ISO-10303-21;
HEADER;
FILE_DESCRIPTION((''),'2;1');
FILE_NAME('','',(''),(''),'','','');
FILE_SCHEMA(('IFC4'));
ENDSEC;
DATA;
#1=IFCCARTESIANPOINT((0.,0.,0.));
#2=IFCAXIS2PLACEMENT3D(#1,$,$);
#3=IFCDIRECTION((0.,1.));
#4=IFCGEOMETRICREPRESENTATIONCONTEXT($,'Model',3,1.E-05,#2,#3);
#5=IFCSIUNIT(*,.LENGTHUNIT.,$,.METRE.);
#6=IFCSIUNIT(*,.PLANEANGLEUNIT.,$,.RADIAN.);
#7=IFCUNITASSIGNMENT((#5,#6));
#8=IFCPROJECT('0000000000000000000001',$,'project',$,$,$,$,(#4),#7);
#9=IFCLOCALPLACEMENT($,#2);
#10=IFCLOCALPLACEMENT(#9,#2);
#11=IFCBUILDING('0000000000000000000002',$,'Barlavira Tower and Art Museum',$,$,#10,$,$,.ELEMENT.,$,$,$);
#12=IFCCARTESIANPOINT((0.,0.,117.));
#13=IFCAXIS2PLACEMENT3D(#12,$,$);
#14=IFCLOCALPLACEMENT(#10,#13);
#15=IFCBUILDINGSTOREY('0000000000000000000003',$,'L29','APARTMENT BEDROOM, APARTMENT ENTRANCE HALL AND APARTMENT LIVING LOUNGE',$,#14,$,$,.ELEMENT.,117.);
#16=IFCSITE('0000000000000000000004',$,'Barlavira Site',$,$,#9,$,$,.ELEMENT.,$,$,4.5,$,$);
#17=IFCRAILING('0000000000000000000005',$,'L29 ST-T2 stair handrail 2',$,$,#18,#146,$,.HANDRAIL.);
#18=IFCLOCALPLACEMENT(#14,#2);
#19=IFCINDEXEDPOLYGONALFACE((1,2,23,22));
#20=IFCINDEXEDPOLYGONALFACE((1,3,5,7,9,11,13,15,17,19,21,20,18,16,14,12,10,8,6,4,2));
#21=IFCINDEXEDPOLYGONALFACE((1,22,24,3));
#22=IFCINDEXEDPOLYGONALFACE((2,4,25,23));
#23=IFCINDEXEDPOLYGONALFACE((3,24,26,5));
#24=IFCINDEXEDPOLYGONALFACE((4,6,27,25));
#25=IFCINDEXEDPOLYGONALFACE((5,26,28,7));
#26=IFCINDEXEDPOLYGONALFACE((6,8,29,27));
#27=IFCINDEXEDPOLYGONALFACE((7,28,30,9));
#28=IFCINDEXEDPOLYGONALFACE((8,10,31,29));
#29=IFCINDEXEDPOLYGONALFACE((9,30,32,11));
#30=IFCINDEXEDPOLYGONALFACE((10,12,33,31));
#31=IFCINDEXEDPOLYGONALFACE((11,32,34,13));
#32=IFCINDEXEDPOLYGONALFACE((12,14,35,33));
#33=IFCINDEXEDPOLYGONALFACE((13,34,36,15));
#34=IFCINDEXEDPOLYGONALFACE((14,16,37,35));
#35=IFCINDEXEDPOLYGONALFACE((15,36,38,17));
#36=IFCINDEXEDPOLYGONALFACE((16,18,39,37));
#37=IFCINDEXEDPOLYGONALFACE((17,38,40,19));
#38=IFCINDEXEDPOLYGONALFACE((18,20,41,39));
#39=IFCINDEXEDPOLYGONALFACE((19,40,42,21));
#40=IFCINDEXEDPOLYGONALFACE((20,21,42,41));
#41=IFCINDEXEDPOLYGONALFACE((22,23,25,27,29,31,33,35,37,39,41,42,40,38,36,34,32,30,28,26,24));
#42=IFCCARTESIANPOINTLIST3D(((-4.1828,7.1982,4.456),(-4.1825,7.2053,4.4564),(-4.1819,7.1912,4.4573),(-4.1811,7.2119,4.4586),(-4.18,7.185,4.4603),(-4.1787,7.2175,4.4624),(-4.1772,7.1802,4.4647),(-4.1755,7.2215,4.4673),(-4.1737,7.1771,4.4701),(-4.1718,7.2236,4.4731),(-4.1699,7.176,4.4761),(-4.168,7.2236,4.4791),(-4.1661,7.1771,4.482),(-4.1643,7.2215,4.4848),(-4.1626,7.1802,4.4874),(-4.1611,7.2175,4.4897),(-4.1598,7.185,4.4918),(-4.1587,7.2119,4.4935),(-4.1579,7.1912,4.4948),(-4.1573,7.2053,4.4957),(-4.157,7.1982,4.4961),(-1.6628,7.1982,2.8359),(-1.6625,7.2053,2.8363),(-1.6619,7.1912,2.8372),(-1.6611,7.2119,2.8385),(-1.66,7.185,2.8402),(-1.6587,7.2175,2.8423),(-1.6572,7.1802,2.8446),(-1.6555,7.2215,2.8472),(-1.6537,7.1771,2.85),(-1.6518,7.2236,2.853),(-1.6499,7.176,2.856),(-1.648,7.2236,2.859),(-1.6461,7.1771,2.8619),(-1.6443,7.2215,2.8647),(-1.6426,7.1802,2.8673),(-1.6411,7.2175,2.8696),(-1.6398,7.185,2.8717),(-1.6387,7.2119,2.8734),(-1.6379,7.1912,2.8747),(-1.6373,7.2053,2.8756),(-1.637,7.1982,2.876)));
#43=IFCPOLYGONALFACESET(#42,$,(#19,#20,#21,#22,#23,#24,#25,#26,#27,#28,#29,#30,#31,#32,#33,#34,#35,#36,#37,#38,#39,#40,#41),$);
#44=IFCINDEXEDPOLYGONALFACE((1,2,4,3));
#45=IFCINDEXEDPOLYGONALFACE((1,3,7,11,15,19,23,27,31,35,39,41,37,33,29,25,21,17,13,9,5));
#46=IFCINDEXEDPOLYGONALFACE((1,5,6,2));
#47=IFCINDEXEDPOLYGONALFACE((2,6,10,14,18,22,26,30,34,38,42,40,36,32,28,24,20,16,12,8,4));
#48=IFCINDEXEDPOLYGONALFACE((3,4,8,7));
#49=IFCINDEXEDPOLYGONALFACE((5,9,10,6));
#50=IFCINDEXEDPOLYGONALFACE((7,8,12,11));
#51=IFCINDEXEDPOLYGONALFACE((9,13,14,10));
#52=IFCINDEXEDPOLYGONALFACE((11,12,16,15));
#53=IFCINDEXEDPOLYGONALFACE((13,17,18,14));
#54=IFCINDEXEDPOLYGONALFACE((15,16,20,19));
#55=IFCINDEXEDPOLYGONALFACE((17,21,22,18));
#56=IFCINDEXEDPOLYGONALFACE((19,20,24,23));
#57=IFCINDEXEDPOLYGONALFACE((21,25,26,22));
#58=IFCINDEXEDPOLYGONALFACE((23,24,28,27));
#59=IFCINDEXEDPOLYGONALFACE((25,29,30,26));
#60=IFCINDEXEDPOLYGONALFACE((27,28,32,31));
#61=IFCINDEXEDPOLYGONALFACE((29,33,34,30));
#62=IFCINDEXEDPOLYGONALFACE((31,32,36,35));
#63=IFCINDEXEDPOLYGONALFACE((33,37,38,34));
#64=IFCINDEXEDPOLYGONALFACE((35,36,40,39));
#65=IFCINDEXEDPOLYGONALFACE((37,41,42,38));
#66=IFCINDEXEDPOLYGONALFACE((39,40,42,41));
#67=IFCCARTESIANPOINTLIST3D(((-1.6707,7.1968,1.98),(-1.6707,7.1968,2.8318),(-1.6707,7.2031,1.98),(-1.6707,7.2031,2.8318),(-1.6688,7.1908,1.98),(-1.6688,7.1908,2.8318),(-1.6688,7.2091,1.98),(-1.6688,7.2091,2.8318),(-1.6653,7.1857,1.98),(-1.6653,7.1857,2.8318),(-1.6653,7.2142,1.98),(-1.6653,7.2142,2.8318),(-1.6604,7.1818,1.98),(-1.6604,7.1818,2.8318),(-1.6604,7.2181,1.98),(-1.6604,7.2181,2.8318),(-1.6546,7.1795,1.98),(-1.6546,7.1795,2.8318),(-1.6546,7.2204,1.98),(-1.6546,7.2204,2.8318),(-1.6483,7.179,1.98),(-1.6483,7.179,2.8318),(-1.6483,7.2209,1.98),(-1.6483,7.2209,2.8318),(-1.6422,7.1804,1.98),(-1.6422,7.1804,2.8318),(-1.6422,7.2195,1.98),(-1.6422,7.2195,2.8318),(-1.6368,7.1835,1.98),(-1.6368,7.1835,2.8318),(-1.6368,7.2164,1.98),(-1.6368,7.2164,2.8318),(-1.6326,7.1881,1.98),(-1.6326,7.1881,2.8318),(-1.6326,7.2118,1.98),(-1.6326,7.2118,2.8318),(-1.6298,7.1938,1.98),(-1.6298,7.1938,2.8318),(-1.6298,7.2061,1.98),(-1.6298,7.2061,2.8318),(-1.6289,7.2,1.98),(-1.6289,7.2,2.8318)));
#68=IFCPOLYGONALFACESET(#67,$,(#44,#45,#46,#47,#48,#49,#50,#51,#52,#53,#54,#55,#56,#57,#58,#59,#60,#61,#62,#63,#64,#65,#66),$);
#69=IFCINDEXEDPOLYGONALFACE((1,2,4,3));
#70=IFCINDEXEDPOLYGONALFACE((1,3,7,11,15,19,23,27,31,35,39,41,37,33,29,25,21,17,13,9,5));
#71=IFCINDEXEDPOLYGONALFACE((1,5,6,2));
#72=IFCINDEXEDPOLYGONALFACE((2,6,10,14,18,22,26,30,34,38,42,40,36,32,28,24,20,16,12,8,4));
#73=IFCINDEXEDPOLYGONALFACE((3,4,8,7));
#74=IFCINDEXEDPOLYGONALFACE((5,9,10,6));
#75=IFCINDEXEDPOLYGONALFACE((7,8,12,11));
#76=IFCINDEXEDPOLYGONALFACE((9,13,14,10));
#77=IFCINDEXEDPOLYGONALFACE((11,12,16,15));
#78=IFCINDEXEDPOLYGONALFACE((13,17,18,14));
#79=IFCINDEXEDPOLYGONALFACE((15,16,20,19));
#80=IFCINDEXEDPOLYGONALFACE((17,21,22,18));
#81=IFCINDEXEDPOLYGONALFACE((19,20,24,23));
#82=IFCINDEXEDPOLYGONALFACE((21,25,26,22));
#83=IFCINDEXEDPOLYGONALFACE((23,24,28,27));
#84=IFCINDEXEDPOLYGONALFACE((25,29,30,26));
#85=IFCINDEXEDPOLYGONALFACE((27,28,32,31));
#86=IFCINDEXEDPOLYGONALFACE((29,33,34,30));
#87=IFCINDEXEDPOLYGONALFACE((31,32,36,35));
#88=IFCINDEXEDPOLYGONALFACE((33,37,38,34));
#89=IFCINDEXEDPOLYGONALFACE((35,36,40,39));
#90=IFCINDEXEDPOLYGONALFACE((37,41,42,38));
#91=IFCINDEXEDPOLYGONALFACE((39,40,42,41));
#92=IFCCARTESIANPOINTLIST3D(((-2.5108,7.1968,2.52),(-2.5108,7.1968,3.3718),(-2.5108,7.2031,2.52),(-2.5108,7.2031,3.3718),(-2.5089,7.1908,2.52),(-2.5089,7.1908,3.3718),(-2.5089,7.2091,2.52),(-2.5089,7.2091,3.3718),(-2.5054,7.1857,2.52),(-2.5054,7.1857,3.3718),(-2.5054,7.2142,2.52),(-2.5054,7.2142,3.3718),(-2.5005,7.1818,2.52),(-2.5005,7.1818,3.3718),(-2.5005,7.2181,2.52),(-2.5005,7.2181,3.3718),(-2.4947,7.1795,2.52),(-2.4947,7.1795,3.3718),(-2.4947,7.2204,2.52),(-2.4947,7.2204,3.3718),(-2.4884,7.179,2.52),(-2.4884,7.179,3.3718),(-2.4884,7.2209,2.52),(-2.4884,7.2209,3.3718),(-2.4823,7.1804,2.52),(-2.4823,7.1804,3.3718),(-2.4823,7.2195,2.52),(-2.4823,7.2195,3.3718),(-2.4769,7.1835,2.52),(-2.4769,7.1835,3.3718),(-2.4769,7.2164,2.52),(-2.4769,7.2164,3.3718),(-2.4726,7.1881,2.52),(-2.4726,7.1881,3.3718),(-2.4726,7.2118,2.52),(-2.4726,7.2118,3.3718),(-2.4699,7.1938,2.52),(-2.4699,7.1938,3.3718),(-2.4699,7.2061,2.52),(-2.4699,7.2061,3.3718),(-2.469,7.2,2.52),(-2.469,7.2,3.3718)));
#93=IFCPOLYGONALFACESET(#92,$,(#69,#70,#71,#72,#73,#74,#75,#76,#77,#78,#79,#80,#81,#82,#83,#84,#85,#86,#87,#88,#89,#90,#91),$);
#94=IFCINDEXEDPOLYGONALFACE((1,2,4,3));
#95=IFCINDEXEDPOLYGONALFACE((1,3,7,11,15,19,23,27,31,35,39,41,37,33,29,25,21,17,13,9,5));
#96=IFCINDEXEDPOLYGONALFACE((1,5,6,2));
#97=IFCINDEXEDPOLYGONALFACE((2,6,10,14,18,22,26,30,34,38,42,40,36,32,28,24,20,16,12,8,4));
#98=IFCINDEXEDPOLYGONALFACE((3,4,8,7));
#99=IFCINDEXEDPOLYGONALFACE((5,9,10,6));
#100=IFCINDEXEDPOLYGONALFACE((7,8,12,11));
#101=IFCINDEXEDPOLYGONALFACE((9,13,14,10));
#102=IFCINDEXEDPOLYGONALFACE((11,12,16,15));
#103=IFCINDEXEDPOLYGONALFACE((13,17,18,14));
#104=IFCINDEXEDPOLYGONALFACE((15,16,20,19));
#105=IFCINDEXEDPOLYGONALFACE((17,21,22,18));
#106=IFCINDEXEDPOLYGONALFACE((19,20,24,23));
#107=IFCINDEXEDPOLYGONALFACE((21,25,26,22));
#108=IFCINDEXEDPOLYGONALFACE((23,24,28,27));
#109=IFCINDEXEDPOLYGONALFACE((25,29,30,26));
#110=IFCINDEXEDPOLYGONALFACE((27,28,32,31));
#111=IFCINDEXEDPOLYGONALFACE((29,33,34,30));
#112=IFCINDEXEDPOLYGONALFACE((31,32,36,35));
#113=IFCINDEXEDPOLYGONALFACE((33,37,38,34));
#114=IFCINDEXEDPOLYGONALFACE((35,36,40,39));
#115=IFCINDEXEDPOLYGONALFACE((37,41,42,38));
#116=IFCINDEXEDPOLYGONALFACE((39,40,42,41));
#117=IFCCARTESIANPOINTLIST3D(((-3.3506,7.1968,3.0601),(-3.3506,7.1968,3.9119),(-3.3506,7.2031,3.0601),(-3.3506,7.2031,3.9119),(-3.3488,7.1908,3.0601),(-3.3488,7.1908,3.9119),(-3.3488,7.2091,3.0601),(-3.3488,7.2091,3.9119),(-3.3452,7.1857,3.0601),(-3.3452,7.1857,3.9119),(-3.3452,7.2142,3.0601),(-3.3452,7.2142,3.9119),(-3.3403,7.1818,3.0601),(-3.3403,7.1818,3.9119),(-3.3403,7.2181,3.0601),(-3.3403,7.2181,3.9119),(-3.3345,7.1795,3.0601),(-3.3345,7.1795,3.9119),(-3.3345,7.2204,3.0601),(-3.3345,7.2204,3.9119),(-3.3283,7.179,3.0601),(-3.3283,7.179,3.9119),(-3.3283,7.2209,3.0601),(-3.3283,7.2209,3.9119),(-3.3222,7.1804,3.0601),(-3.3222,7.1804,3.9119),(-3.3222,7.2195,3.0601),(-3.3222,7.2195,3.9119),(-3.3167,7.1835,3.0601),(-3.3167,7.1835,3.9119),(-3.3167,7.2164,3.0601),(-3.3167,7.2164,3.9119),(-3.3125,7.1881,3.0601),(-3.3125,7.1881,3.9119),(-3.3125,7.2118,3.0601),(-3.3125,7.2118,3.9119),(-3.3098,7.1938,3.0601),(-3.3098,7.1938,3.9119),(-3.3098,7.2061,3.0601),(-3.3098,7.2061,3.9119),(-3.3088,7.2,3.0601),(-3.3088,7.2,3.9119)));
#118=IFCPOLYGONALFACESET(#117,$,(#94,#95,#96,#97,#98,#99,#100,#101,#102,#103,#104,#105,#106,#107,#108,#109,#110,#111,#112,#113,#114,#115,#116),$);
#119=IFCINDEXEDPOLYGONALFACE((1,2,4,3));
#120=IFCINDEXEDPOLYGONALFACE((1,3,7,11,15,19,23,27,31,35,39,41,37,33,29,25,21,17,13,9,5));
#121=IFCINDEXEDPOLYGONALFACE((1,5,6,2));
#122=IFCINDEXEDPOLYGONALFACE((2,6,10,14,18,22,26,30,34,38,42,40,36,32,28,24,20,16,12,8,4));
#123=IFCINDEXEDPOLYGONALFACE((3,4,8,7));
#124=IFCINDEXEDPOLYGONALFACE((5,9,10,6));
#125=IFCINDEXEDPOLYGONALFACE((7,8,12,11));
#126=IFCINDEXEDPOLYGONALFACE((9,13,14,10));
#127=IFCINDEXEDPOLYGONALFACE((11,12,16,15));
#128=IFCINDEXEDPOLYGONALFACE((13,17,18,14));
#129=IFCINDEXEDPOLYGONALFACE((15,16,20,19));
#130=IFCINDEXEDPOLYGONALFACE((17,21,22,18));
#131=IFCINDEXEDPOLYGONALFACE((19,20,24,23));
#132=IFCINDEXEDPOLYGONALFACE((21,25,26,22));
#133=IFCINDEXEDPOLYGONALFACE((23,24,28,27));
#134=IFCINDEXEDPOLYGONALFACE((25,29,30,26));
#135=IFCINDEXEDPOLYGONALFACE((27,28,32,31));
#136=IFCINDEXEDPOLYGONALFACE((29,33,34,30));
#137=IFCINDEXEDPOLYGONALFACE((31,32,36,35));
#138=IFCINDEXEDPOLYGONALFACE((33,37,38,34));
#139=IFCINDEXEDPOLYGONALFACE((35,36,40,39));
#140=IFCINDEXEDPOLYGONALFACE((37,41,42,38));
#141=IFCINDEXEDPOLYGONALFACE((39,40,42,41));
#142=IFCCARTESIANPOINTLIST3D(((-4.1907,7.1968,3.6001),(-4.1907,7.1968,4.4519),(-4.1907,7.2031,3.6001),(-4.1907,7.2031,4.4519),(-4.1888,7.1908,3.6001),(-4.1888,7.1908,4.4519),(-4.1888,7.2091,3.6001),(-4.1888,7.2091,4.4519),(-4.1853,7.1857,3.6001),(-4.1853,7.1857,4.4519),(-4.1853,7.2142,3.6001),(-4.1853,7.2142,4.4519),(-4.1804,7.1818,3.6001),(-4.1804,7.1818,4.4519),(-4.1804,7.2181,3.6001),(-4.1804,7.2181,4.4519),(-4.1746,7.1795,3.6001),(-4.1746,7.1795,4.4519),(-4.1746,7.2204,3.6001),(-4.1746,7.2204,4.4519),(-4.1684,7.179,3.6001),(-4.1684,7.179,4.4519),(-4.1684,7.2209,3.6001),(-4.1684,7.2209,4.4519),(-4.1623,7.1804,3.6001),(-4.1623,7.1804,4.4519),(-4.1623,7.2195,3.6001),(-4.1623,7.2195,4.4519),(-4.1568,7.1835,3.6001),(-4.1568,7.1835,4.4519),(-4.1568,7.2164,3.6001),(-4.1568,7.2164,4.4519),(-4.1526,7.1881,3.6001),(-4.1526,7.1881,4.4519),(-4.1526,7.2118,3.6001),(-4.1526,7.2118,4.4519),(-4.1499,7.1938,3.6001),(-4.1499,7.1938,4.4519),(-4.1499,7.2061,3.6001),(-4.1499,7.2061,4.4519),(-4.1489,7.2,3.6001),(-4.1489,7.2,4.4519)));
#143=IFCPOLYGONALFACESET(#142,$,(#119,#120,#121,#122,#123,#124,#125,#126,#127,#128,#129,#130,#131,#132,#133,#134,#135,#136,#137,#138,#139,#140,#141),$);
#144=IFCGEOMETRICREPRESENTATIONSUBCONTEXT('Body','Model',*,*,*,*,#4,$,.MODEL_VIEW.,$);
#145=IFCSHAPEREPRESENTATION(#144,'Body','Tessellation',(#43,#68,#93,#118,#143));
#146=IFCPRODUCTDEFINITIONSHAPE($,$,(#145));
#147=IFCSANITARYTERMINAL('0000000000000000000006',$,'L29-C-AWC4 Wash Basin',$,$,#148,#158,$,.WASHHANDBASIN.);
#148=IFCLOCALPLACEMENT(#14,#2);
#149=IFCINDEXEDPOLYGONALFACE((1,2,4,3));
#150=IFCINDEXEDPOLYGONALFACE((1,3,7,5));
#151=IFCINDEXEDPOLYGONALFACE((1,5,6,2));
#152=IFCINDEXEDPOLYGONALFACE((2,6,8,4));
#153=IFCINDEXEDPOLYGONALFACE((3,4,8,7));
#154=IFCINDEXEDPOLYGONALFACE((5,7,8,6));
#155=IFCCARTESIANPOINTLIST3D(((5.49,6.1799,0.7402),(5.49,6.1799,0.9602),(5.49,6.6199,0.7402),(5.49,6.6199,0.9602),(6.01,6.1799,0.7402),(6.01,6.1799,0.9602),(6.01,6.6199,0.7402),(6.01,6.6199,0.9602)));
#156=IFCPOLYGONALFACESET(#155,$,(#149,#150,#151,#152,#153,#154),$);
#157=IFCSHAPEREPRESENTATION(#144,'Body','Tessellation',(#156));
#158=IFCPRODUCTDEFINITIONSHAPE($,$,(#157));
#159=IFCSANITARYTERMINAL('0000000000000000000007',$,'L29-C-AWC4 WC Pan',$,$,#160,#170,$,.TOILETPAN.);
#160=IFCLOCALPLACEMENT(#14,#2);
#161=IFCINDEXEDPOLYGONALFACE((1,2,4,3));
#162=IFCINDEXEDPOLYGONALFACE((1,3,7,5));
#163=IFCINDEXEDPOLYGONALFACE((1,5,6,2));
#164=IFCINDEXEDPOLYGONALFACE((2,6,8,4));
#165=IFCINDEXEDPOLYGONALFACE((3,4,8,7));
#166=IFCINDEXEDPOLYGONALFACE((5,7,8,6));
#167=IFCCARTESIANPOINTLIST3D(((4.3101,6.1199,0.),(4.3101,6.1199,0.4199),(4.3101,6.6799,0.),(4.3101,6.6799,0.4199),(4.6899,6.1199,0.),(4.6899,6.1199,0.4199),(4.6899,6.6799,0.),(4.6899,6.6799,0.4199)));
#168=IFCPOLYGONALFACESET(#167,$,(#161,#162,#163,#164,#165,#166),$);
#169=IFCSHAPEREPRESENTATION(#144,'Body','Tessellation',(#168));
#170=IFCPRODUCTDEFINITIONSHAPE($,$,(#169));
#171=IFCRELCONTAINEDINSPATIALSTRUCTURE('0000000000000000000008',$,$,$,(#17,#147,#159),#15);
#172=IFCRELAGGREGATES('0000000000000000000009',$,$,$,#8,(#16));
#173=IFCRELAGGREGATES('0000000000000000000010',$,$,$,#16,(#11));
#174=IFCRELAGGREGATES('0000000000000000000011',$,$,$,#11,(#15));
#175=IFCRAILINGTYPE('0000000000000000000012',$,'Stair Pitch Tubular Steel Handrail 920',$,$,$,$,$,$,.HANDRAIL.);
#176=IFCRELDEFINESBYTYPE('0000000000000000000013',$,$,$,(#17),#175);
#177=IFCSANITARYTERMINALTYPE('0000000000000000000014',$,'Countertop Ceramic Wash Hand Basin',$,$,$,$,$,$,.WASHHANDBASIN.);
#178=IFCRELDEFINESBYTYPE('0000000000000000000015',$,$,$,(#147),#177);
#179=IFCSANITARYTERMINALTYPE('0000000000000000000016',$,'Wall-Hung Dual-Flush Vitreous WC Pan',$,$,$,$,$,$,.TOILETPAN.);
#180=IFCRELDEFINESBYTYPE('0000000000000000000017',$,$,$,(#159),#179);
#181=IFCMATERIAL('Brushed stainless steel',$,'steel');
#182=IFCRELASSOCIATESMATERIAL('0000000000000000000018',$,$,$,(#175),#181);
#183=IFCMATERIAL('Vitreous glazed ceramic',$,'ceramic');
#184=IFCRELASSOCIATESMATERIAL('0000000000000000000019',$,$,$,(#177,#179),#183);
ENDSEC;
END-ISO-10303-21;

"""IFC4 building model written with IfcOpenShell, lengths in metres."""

from ifc_helpers import new_model, si_unit, direction, frame, origin, origin_2d, place, context, subcontext, project, spatial, rectangle, circle, extrude, material, type_object, element, save


model = new_model("IFC4")

# Units and contexts
model_context = context("Model", 3, precision=1e-05, world=origin(), true_north=direction((0.0, 1.0)))
body_context = subcontext(model_context, "Body", "Model", "MODEL_VIEW")
ifc_project = project(units=[si_unit("LENGTHUNIT", "METRE"), si_unit("PLANEANGLEUNIT", "RADIAN")], contexts=[model_context])

# Site, building, storey
site_placement = place(None, origin())
site = spatial("IfcSite", under=ifc_project, at=site_placement, Name="Barlavira Site", CompositionType="ELEMENT", RefElevation=4.5)
building_placement = place(site_placement, origin())
building = spatial("IfcBuilding", under=site, at=building_placement, Name="Barlavira Tower and Art Museum", CompositionType="ELEMENT")
storey_placement = place(building_placement, frame((0.0, 0.0, 117.0)))
storey = spatial("IfcBuildingStorey", under=building, at=storey_placement, Name="L29", Description="APARTMENT BEDROOM, APARTMENT ENTRANCE HALL AND APARTMENT LIVING LOUNGE", CompositionType="ELEMENT", Elevation=117.0)

# Shared definitions
ifc_material_1 = material(Name="Brushed stainless steel", Category="steel")

# Railing
railing_type_1 = type_object("IfcRailingType", Name="Stair Pitch Tubular Steel Handrail 920", PredefinedType="HANDRAIL", material=ifc_material_1)
railing_1_placement = place(storey_placement, frame((-1.6499, 7.2, 1.98)))
element("IfcRailing", 1, at=railing_1_placement, inside=storey, type_object=railing_type_1, Name="L29 ST-T2 stair handrail 2", PredefinedType="HANDRAIL", context=body_context, shape_type="SweptSolid", body=[
    extrude(circle(Radius=0.0239, at=origin_2d()), frame((0.0, 0.0, 0.876), z_axis=(-0.841163, 0.0, 0.540782), x_axis=(0.0, -1.0, 0.0)), (0.0, 0.0, 1.0), 2.9958),
    extrude(circle(Radius=0.021, at=origin_2d()), origin(), (0.0, 0.0, 1.0), 0.8518),
    extrude(circle(Radius=0.021, at=origin_2d()), frame((-0.8401, 0.0, 0.54)), (0.0, 0.0, 1.0), 0.8518),
    extrude(circle(Radius=0.021, at=origin_2d()), frame((-1.6799, 0.0, 1.0801)), (0.0, 0.0, 1.0), 0.8518),
    extrude(circle(Radius=0.021, at=origin_2d()), frame((-2.52, 0.0, 1.6201)), (0.0, 0.0, 1.0), 0.8518),
])

# Sanitary terminals
ifc_material_2 = material(Name="Vitreous glazed ceramic", Category="ceramic")
sanitary_terminal_type_1 = type_object("IfcSanitaryTerminalType", Name="Countertop Ceramic Wash Hand Basin", PredefinedType="WASHHANDBASIN", material=ifc_material_2)
sanitary_terminal_1_placement = place(storey_placement, frame((5.75, 6.3999, 0.7402), z_axis=(0.0, 0.0, 1.0), x_axis=(1.0, 0.0, 0.0)))
element("IfcSanitaryTerminal", 2, at=sanitary_terminal_1_placement, inside=storey, type_object=sanitary_terminal_type_1, Name="L29-C-AWC4 Wash Basin", PredefinedType="WASHHANDBASIN", context=body_context, shape_type="SweptSolid", body=[
    extrude(rectangle(XDim=0.52, YDim=0.4399, at=origin_2d()), origin(), (0.0, 0.0, 1.0), 0.22),
])
sanitary_terminal_type_2 = type_object("IfcSanitaryTerminalType", Name="Wall-Hung Dual-Flush Vitreous WC Pan", PredefinedType="TOILETPAN", material=ifc_material_2)
sanitary_terminal_2_placement = place(storey_placement, frame((4.5, 6.3999, 0.0), z_axis=(0.0, 0.0, 1.0), x_axis=(1.0, 0.0, 0.0)))
element("IfcSanitaryTerminal", 3, at=sanitary_terminal_2_placement, inside=storey, type_object=sanitary_terminal_type_2, Name="L29-C-AWC4 WC Pan", PredefinedType="TOILETPAN", context=body_context, shape_type="SweptSolid", body=[
    extrude(rectangle(XDim=0.3799, YDim=0.5601, at=origin_2d()), origin(), (0.0, 0.0, 1.0), 0.4199),
])

save(model, "model.ifc")
